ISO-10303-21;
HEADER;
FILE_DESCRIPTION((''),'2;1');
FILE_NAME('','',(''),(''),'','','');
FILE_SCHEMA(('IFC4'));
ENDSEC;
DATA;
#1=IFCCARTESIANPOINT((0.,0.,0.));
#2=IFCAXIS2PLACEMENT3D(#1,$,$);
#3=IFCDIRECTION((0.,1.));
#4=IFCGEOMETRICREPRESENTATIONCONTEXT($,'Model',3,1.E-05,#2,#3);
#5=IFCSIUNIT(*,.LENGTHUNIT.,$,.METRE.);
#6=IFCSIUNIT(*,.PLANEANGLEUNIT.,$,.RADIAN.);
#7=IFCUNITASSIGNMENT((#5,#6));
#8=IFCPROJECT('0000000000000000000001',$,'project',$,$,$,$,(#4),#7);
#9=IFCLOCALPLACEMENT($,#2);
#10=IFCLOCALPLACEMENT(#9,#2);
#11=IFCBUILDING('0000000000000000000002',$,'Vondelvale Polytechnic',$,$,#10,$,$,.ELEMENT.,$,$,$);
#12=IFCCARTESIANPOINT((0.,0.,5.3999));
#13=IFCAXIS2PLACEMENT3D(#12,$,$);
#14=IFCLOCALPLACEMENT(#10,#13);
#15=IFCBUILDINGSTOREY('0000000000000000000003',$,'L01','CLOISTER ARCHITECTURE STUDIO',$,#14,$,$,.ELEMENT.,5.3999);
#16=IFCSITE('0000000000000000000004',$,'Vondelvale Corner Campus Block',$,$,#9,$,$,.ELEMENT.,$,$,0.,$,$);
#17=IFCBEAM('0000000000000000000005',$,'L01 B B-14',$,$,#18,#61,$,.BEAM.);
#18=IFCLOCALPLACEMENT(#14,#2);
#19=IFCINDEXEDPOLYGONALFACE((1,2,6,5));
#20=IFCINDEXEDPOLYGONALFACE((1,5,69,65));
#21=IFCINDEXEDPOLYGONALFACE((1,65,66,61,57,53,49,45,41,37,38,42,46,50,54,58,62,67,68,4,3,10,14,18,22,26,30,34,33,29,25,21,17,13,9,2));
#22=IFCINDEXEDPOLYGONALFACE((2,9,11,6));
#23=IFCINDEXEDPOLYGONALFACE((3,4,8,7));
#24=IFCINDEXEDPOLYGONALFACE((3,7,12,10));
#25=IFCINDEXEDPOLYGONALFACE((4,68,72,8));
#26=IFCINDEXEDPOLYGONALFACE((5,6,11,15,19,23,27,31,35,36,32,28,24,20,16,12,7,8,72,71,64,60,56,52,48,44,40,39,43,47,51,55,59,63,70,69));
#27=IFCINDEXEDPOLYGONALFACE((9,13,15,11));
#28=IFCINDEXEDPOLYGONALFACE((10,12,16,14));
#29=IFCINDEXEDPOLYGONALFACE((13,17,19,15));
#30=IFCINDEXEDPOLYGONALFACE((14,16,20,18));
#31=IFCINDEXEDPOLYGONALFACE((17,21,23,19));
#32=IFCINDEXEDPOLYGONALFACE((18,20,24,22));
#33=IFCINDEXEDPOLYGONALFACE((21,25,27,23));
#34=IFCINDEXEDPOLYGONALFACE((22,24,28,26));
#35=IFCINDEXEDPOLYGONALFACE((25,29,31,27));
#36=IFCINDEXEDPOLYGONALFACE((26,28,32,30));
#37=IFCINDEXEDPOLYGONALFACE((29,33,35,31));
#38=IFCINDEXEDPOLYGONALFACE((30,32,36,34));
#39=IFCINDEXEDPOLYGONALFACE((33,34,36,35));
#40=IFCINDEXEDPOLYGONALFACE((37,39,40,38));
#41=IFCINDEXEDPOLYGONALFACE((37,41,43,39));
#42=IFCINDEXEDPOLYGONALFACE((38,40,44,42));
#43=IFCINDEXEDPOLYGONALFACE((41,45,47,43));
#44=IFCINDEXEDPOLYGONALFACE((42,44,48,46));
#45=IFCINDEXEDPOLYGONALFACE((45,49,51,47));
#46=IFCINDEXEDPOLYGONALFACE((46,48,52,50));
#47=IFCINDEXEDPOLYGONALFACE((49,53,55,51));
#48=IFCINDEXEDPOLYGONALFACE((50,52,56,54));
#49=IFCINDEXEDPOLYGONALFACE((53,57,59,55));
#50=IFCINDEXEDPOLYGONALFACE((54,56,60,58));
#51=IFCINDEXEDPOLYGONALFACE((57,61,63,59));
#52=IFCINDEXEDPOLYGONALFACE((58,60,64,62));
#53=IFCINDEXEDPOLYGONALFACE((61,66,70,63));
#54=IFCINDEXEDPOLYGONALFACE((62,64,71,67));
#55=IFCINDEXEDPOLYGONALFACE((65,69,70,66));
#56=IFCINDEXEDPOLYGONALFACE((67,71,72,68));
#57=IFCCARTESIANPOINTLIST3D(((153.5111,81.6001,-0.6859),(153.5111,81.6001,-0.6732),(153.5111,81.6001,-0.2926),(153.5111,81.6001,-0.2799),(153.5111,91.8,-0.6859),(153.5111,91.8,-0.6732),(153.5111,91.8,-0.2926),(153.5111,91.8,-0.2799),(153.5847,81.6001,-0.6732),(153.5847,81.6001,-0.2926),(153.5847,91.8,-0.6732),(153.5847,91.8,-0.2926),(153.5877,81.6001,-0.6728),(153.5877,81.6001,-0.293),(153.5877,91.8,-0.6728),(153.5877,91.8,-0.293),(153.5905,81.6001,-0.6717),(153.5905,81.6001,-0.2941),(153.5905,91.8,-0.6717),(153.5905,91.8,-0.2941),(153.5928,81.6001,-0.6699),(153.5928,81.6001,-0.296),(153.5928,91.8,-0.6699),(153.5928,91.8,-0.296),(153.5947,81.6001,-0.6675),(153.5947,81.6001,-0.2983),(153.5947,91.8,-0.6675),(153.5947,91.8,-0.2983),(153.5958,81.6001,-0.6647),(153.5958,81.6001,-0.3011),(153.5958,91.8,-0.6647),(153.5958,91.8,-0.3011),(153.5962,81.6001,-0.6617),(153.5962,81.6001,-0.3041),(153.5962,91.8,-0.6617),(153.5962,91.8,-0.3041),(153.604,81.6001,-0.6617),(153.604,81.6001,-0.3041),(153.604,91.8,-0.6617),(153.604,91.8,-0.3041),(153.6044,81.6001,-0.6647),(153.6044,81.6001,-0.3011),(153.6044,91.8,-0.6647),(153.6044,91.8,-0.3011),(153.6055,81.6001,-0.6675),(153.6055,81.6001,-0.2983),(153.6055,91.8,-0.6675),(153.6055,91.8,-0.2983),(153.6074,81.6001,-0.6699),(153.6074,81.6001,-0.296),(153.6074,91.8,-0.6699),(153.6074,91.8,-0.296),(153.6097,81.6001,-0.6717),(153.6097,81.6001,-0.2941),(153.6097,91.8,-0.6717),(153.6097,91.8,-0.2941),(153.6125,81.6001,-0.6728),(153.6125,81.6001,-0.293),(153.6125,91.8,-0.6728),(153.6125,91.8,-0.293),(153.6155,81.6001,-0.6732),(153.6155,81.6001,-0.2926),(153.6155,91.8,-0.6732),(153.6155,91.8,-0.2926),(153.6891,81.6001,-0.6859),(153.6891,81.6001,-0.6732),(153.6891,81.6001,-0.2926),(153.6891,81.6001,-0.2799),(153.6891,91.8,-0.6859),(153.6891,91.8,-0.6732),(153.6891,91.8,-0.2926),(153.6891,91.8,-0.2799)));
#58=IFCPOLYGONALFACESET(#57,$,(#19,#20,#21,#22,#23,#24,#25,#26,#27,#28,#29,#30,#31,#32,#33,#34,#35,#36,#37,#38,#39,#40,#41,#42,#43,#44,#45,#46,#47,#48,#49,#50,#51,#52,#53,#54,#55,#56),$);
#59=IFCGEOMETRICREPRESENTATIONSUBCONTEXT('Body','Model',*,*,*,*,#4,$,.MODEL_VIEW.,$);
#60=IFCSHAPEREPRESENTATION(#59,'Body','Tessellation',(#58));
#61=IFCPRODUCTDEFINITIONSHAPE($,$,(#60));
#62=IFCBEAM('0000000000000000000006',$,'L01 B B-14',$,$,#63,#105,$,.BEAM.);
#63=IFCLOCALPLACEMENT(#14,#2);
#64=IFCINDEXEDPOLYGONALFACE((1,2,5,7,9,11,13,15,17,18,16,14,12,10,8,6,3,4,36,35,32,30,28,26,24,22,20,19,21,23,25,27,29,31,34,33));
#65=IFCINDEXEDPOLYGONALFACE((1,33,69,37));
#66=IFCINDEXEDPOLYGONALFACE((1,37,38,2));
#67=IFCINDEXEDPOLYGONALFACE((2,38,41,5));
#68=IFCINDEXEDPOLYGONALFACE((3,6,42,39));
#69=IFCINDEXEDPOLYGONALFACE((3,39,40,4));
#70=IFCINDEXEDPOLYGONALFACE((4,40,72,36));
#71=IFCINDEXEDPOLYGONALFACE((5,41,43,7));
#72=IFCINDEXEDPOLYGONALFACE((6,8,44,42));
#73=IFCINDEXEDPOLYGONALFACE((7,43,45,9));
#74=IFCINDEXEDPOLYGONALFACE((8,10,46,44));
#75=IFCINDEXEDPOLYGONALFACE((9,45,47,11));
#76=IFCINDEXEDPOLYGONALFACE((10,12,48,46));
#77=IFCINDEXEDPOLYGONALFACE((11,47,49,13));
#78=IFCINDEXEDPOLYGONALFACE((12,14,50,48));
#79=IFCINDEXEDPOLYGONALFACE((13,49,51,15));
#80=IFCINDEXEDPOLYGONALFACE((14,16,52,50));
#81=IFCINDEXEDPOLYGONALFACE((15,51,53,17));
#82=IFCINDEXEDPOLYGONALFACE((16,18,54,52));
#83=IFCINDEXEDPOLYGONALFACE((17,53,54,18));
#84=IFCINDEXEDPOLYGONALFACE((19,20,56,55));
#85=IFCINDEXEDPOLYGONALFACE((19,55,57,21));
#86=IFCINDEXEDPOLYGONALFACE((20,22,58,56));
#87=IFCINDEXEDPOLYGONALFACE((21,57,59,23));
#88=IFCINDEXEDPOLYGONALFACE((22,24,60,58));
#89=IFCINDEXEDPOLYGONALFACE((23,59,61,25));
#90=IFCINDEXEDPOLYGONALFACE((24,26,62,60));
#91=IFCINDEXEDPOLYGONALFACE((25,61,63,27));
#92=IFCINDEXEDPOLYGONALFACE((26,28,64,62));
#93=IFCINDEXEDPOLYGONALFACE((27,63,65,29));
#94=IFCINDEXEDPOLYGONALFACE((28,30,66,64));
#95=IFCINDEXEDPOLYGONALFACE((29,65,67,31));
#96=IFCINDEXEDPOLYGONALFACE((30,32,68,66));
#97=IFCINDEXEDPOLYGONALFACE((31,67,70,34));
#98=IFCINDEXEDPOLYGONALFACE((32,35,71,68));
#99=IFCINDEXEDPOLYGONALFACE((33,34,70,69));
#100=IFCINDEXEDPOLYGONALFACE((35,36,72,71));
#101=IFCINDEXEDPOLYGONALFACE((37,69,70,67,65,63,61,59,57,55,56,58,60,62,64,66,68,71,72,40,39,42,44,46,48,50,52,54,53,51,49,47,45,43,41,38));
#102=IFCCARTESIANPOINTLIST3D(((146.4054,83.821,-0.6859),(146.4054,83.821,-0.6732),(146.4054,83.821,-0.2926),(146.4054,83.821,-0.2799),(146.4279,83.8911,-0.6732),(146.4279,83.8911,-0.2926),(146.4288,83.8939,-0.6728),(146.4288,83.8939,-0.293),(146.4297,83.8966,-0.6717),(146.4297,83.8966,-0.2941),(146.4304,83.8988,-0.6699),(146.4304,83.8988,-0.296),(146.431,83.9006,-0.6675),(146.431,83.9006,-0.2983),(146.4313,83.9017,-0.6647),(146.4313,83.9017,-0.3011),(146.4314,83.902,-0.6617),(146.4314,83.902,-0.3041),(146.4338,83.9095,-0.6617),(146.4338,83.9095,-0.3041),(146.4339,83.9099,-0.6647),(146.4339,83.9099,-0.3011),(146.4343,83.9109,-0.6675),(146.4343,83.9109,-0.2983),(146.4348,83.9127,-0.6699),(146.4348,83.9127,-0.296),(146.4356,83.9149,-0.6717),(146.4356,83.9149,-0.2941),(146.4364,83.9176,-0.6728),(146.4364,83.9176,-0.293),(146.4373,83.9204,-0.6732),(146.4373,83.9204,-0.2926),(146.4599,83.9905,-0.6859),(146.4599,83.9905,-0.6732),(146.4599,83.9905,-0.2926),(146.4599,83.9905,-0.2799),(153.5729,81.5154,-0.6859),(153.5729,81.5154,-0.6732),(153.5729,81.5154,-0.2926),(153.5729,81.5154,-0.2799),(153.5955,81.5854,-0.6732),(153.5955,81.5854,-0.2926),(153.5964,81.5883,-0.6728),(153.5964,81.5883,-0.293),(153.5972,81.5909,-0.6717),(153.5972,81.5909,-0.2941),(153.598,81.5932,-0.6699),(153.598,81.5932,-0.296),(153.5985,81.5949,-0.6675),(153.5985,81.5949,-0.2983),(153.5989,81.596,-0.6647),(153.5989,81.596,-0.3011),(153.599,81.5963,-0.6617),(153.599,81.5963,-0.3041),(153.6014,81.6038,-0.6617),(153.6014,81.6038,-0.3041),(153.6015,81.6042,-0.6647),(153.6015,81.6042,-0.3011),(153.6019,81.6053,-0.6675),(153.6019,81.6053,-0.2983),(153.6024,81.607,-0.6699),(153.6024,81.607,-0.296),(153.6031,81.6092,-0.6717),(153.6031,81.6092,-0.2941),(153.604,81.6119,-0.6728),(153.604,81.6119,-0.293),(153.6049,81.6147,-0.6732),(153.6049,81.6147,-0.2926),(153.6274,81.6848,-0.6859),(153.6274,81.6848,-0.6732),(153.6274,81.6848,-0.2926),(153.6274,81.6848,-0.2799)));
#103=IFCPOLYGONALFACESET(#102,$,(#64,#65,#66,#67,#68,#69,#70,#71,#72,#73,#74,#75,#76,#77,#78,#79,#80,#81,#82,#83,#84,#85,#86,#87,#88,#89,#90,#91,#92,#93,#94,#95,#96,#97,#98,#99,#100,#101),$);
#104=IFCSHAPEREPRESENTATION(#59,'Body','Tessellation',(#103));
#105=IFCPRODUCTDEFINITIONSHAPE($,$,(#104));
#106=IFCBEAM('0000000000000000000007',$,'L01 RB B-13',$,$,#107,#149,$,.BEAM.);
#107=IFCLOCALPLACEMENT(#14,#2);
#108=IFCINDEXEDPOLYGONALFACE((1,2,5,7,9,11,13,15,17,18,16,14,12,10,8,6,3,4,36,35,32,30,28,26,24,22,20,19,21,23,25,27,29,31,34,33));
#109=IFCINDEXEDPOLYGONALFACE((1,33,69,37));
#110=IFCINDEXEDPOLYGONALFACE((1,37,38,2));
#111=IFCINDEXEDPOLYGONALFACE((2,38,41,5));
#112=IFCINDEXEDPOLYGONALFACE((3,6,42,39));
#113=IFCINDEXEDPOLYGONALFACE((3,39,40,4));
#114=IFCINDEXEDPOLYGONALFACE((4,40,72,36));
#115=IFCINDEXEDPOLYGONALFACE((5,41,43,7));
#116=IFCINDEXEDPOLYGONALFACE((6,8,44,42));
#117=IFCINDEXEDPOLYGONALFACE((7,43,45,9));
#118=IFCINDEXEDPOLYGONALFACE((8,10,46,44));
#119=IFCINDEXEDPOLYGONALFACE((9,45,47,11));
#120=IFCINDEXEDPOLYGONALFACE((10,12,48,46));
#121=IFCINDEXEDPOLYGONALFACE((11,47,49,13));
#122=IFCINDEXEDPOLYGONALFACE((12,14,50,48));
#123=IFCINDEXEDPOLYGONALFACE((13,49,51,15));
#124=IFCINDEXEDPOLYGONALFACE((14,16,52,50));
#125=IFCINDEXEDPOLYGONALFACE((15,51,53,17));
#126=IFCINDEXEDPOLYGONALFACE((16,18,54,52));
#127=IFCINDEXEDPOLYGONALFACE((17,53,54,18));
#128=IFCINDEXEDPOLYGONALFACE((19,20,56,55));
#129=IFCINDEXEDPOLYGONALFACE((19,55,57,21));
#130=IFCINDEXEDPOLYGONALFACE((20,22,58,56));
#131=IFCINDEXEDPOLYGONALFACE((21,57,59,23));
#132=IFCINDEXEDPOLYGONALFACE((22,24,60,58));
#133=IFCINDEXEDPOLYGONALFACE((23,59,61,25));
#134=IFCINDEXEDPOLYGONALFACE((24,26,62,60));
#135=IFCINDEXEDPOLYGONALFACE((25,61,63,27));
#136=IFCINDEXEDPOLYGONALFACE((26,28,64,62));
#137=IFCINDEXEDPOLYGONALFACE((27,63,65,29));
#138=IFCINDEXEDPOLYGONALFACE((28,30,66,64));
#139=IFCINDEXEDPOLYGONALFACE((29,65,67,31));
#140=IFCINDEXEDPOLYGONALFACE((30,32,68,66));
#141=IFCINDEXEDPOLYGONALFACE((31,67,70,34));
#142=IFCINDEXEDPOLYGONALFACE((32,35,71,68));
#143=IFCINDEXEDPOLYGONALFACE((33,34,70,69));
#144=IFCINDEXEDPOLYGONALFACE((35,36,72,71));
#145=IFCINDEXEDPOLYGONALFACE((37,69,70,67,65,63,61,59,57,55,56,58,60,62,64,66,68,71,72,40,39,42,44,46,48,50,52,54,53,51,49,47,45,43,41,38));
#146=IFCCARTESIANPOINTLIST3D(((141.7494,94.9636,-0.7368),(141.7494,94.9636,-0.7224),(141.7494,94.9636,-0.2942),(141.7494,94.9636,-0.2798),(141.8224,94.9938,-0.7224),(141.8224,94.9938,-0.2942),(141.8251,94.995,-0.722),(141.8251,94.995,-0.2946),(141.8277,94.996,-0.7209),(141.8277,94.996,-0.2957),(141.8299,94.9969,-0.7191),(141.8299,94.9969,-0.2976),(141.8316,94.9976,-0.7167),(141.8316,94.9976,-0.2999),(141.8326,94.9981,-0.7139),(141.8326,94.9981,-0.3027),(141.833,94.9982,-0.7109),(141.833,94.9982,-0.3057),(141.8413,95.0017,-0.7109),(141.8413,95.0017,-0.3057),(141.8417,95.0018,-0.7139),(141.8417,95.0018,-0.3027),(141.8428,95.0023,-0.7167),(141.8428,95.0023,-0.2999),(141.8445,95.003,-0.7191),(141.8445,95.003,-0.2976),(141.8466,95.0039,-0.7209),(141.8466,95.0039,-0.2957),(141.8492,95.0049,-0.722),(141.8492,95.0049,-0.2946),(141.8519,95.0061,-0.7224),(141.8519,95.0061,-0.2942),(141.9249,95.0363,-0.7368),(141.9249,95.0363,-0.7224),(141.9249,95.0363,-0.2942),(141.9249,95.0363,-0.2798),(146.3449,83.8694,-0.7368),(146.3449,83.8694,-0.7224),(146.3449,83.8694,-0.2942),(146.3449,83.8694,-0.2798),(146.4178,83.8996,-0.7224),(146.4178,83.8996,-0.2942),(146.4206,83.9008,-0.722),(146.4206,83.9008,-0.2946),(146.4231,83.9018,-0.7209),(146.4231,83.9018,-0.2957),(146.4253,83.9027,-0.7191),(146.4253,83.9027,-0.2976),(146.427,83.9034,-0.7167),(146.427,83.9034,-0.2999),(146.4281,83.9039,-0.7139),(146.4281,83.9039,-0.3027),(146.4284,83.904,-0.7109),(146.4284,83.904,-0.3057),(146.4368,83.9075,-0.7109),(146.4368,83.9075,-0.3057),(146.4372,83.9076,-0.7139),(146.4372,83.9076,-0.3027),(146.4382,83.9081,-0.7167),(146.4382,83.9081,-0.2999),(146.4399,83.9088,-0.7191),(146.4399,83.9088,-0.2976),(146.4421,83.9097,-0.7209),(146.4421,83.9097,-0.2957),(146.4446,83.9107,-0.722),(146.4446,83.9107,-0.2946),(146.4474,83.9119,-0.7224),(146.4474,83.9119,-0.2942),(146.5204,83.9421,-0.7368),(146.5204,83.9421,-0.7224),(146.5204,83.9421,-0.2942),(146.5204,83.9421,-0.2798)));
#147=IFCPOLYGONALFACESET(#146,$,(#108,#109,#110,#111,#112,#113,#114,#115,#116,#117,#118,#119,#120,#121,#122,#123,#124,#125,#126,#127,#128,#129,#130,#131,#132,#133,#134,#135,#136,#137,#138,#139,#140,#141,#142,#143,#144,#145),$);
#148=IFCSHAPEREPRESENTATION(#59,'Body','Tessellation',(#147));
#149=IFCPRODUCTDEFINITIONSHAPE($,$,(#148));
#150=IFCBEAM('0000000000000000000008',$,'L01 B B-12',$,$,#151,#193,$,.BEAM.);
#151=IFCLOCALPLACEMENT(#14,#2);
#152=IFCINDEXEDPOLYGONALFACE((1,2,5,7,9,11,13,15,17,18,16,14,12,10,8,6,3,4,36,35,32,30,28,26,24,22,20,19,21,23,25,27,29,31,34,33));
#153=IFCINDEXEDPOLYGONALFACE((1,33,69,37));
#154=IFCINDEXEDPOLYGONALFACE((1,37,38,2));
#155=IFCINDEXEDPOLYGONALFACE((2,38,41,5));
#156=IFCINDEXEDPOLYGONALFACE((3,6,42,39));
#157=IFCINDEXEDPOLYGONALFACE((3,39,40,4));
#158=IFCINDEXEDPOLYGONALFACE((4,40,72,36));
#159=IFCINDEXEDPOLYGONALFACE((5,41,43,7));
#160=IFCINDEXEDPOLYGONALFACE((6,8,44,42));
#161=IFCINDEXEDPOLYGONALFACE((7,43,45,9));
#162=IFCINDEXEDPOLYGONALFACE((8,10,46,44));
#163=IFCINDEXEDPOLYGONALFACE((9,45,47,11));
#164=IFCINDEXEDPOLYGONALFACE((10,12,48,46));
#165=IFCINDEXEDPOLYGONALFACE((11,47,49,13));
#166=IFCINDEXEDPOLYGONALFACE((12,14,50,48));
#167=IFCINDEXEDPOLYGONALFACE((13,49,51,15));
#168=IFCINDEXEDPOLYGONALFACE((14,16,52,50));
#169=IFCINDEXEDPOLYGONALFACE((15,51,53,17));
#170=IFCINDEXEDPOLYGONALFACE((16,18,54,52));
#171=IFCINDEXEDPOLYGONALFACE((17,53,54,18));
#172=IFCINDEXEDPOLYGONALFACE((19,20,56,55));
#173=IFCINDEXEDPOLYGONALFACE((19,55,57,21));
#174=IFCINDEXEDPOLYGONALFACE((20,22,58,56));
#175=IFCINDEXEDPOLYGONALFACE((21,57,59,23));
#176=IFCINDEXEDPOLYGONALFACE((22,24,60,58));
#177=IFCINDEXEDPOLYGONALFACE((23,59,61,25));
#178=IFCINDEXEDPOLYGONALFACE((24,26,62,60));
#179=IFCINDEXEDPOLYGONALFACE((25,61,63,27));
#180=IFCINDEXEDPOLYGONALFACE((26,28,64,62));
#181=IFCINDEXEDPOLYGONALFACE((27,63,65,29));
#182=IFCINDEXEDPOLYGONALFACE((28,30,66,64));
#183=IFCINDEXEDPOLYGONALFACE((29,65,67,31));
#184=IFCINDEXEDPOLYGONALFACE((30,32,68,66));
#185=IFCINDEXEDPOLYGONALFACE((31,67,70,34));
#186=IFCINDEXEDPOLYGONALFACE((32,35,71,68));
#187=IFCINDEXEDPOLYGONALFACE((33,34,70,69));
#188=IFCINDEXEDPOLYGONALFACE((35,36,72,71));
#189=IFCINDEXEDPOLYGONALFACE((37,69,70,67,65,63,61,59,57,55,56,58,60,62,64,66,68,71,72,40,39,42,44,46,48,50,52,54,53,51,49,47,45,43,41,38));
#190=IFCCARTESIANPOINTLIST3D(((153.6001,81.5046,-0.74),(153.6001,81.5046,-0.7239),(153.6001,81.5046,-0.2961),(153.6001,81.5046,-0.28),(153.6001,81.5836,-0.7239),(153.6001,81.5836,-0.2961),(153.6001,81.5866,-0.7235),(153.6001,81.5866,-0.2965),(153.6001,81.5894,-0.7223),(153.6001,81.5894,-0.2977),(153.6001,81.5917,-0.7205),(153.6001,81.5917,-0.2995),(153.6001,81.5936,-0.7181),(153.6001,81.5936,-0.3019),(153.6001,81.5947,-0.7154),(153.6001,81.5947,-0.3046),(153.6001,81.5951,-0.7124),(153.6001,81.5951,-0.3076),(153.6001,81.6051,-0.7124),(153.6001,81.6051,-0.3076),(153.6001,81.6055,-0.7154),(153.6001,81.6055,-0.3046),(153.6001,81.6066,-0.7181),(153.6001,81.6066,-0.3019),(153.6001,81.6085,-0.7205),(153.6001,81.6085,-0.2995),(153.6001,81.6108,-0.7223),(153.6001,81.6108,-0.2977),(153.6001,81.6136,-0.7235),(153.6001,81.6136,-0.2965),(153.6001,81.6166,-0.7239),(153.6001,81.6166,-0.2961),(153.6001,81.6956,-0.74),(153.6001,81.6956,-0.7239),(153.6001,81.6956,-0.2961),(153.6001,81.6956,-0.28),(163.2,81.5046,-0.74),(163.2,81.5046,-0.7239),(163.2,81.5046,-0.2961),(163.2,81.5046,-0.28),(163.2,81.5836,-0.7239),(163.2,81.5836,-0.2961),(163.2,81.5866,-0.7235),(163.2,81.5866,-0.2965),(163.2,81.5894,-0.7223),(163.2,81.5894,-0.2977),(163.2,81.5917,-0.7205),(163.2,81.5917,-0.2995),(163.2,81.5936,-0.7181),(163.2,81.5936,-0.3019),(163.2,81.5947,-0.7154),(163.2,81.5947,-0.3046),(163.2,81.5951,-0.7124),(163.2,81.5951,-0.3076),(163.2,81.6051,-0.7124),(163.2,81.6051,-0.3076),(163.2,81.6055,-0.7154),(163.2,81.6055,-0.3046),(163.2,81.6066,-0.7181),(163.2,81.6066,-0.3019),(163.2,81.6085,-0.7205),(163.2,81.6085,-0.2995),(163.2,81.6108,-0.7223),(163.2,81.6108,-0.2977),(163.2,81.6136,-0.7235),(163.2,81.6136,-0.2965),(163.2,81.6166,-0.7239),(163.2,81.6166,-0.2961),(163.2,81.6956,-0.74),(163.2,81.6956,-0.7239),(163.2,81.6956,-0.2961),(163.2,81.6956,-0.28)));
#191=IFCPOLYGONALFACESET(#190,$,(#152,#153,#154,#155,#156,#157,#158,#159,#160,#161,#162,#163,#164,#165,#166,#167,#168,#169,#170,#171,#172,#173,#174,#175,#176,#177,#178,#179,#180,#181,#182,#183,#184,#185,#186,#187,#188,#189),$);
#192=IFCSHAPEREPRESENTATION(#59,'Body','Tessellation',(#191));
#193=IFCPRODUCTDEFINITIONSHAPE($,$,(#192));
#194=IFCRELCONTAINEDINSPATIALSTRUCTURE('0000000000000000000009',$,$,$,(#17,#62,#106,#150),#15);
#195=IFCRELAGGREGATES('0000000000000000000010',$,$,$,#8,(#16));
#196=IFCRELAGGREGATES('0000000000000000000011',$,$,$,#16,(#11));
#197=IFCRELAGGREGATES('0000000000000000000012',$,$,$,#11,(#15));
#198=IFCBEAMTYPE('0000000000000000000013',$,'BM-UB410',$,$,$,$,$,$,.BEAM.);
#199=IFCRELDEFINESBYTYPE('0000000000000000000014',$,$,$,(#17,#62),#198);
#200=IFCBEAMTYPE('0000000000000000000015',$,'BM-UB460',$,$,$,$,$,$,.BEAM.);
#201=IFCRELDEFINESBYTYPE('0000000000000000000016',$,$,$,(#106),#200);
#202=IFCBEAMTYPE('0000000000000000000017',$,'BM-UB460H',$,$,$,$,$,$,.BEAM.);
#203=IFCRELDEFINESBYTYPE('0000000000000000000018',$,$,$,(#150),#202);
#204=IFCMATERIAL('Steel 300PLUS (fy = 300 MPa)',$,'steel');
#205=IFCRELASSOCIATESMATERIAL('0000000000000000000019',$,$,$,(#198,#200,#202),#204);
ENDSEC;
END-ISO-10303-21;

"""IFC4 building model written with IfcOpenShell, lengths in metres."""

from ifc_helpers import new_model, si_unit, direction, frame, origin, origin_2d, place, context, subcontext, project, spatial, i_section, extrude, material, material_profile, profile_set, type_object, element, save


model = new_model("IFC4")

# Units and contexts
model_context = context("Model", 3, precision=1e-05, world=origin(), true_north=direction((0.0, 1.0)))
body_context = subcontext(model_context, "Body", "Model", "MODEL_VIEW")
ifc_project = project(units=[si_unit("LENGTHUNIT", "METRE"), si_unit("PLANEANGLEUNIT", "RADIAN")], contexts=[model_context])

# Site, building, storey
site_placement = place(None, origin())
site = spatial("IfcSite", under=ifc_project, at=site_placement, Name="Vondelvale Corner Campus Block", CompositionType="ELEMENT", RefElevation=0.0)
building_placement = place(site_placement, origin())
building = spatial("IfcBuilding", under=site, at=building_placement, Name="Vondelvale Polytechnic", CompositionType="ELEMENT")
storey_placement = place(building_placement, frame((0.0, 0.0, 5.3999)))
storey = spatial("IfcBuildingStorey", under=building, at=storey_placement, Name="L01", Description="CLOISTER ARCHITECTURE STUDIO", CompositionType="ELEMENT", Elevation=5.3999)

# Shared definitions
ifc_material_1 = material(Name="Steel 300PLUS (fy = 300 MPa)", Category="steel")

# Beams
ifc_material_profile_1 = material_profile(ifc_material_1, i_section(OverallWidth=0.178, OverallDepth=0.406, WebThickness=0.0078, FlangeThickness=0.0127, FilletRadius=0.0115, at=origin_2d()), Name="410UB59.7")
ifc_profile_set_1 = profile_set([ifc_material_profile_1], Name="Steel 300PLUS (fy = 300 MPa)")
beam_type_1 = type_object("IfcBeamType", Name="BM-UB410", PredefinedType="BEAM", material=ifc_profile_set_1)
beam_1_placement = place(storey_placement, frame((153.6001, 81.6001, -0.4829), z_axis=(0.0, 1.0, 0.0), x_axis=(-1.0, 0.0, 0.0)))
element("IfcBeam", 1, at=beam_1_placement, inside=storey, type_object=beam_type_1, Name="L01 B B-14", PredefinedType="BEAM", context=body_context, shape_type="SweptSolid", body=[
    extrude(i_section(OverallWidth=0.178, OverallDepth=0.406, WebThickness=0.0078, FlangeThickness=0.0127, FilletRadius=0.0115, at=origin_2d()), origin(), (0.0, 0.0, 1.0), 10.2),
])
beam_2_placement = place(storey_placement, frame((146.4326, 83.9058, -0.4829), z_axis=(0.951958, -0.30623, 0.0), x_axis=(0.30623, 0.951958, 0.0)))
element("IfcBeam", 2, at=beam_2_placement, inside=storey, type_object=beam_type_1, Name="L01 B B-14", PredefinedType="BEAM", context=body_context, shape_type="SweptSolid", body=[
    extrude(i_section(OverallWidth=0.178, OverallDepth=0.406, WebThickness=0.0078, FlangeThickness=0.0127, FilletRadius=0.0115, at=origin_2d()), origin(), (0.0, 0.0, 1.0), 7.5293),
])
ifc_material_profile_2 = material_profile(ifc_material_1, i_section(OverallWidth=0.1899, OverallDepth=0.457, WebThickness=0.009, FlangeThickness=0.0144, FilletRadius=0.0115, at=origin_2d()), Name="460UB74.6")
ifc_profile_set_2 = profile_set([ifc_material_profile_2], Name="Steel 300PLUS (fy = 300 MPa)")
beam_type_2 = type_object("IfcBeamType", Name="BM-UB460", PredefinedType="BEAM", material=ifc_profile_set_2)
beam_3_placement = place(storey_placement, frame((146.4326, 83.9058, -0.5083), z_axis=(-0.382689, 0.923877, 0.0), x_axis=(-0.923877, -0.382689, 0.0)))
element("IfcBeam", 3, at=beam_3_placement, inside=storey, type_object=beam_type_2, Name="L01 RB B-13", PredefinedType="BEAM", context=body_context, shape_type="SweptSolid", body=[
    extrude(i_section(OverallWidth=0.1899, OverallDepth=0.457, WebThickness=0.009, FlangeThickness=0.0144, FilletRadius=0.0115, at=origin_2d()), origin(), (0.0, 0.0, 1.0), 12.0083),
])
ifc_material_profile_3 = material_profile(ifc_material_1, i_section(OverallWidth=0.1909, OverallDepth=0.46, WebThickness=0.01, FlangeThickness=0.0161, FilletRadius=0.0115, at=origin_2d()), Name="460UB82.1")
ifc_profile_set_3 = profile_set([ifc_material_profile_3], Name="Steel 300PLUS (fy = 300 MPa)")
beam_type_3 = type_object("IfcBeamType", Name="BM-UB460H", PredefinedType="BEAM", material=ifc_profile_set_3)
for number, where, z_axis, x_axis, name in (
    (4, (153.6001, 81.6001, -0.51), (1.0, 0.0, 0.0), (0.0, 1.0, 0.0), "L01 B B-12"),
):
    element("IfcBeam", number, at=place(storey_placement, frame(where, z_axis=z_axis, x_axis=x_axis)), inside=storey, type_object=beam_type_3, Name=name, PredefinedType="BEAM", context=body_context, shape_type="SweptSolid", body=[
        extrude(i_section(OverallWidth=0.1909, OverallDepth=0.46, WebThickness=0.01, FlangeThickness=0.0161, FilletRadius=0.0115, at=origin_2d()), origin(), (0.0, 0.0, 1.0), 9.5999),
    ])

save(model, "model.ifc")
